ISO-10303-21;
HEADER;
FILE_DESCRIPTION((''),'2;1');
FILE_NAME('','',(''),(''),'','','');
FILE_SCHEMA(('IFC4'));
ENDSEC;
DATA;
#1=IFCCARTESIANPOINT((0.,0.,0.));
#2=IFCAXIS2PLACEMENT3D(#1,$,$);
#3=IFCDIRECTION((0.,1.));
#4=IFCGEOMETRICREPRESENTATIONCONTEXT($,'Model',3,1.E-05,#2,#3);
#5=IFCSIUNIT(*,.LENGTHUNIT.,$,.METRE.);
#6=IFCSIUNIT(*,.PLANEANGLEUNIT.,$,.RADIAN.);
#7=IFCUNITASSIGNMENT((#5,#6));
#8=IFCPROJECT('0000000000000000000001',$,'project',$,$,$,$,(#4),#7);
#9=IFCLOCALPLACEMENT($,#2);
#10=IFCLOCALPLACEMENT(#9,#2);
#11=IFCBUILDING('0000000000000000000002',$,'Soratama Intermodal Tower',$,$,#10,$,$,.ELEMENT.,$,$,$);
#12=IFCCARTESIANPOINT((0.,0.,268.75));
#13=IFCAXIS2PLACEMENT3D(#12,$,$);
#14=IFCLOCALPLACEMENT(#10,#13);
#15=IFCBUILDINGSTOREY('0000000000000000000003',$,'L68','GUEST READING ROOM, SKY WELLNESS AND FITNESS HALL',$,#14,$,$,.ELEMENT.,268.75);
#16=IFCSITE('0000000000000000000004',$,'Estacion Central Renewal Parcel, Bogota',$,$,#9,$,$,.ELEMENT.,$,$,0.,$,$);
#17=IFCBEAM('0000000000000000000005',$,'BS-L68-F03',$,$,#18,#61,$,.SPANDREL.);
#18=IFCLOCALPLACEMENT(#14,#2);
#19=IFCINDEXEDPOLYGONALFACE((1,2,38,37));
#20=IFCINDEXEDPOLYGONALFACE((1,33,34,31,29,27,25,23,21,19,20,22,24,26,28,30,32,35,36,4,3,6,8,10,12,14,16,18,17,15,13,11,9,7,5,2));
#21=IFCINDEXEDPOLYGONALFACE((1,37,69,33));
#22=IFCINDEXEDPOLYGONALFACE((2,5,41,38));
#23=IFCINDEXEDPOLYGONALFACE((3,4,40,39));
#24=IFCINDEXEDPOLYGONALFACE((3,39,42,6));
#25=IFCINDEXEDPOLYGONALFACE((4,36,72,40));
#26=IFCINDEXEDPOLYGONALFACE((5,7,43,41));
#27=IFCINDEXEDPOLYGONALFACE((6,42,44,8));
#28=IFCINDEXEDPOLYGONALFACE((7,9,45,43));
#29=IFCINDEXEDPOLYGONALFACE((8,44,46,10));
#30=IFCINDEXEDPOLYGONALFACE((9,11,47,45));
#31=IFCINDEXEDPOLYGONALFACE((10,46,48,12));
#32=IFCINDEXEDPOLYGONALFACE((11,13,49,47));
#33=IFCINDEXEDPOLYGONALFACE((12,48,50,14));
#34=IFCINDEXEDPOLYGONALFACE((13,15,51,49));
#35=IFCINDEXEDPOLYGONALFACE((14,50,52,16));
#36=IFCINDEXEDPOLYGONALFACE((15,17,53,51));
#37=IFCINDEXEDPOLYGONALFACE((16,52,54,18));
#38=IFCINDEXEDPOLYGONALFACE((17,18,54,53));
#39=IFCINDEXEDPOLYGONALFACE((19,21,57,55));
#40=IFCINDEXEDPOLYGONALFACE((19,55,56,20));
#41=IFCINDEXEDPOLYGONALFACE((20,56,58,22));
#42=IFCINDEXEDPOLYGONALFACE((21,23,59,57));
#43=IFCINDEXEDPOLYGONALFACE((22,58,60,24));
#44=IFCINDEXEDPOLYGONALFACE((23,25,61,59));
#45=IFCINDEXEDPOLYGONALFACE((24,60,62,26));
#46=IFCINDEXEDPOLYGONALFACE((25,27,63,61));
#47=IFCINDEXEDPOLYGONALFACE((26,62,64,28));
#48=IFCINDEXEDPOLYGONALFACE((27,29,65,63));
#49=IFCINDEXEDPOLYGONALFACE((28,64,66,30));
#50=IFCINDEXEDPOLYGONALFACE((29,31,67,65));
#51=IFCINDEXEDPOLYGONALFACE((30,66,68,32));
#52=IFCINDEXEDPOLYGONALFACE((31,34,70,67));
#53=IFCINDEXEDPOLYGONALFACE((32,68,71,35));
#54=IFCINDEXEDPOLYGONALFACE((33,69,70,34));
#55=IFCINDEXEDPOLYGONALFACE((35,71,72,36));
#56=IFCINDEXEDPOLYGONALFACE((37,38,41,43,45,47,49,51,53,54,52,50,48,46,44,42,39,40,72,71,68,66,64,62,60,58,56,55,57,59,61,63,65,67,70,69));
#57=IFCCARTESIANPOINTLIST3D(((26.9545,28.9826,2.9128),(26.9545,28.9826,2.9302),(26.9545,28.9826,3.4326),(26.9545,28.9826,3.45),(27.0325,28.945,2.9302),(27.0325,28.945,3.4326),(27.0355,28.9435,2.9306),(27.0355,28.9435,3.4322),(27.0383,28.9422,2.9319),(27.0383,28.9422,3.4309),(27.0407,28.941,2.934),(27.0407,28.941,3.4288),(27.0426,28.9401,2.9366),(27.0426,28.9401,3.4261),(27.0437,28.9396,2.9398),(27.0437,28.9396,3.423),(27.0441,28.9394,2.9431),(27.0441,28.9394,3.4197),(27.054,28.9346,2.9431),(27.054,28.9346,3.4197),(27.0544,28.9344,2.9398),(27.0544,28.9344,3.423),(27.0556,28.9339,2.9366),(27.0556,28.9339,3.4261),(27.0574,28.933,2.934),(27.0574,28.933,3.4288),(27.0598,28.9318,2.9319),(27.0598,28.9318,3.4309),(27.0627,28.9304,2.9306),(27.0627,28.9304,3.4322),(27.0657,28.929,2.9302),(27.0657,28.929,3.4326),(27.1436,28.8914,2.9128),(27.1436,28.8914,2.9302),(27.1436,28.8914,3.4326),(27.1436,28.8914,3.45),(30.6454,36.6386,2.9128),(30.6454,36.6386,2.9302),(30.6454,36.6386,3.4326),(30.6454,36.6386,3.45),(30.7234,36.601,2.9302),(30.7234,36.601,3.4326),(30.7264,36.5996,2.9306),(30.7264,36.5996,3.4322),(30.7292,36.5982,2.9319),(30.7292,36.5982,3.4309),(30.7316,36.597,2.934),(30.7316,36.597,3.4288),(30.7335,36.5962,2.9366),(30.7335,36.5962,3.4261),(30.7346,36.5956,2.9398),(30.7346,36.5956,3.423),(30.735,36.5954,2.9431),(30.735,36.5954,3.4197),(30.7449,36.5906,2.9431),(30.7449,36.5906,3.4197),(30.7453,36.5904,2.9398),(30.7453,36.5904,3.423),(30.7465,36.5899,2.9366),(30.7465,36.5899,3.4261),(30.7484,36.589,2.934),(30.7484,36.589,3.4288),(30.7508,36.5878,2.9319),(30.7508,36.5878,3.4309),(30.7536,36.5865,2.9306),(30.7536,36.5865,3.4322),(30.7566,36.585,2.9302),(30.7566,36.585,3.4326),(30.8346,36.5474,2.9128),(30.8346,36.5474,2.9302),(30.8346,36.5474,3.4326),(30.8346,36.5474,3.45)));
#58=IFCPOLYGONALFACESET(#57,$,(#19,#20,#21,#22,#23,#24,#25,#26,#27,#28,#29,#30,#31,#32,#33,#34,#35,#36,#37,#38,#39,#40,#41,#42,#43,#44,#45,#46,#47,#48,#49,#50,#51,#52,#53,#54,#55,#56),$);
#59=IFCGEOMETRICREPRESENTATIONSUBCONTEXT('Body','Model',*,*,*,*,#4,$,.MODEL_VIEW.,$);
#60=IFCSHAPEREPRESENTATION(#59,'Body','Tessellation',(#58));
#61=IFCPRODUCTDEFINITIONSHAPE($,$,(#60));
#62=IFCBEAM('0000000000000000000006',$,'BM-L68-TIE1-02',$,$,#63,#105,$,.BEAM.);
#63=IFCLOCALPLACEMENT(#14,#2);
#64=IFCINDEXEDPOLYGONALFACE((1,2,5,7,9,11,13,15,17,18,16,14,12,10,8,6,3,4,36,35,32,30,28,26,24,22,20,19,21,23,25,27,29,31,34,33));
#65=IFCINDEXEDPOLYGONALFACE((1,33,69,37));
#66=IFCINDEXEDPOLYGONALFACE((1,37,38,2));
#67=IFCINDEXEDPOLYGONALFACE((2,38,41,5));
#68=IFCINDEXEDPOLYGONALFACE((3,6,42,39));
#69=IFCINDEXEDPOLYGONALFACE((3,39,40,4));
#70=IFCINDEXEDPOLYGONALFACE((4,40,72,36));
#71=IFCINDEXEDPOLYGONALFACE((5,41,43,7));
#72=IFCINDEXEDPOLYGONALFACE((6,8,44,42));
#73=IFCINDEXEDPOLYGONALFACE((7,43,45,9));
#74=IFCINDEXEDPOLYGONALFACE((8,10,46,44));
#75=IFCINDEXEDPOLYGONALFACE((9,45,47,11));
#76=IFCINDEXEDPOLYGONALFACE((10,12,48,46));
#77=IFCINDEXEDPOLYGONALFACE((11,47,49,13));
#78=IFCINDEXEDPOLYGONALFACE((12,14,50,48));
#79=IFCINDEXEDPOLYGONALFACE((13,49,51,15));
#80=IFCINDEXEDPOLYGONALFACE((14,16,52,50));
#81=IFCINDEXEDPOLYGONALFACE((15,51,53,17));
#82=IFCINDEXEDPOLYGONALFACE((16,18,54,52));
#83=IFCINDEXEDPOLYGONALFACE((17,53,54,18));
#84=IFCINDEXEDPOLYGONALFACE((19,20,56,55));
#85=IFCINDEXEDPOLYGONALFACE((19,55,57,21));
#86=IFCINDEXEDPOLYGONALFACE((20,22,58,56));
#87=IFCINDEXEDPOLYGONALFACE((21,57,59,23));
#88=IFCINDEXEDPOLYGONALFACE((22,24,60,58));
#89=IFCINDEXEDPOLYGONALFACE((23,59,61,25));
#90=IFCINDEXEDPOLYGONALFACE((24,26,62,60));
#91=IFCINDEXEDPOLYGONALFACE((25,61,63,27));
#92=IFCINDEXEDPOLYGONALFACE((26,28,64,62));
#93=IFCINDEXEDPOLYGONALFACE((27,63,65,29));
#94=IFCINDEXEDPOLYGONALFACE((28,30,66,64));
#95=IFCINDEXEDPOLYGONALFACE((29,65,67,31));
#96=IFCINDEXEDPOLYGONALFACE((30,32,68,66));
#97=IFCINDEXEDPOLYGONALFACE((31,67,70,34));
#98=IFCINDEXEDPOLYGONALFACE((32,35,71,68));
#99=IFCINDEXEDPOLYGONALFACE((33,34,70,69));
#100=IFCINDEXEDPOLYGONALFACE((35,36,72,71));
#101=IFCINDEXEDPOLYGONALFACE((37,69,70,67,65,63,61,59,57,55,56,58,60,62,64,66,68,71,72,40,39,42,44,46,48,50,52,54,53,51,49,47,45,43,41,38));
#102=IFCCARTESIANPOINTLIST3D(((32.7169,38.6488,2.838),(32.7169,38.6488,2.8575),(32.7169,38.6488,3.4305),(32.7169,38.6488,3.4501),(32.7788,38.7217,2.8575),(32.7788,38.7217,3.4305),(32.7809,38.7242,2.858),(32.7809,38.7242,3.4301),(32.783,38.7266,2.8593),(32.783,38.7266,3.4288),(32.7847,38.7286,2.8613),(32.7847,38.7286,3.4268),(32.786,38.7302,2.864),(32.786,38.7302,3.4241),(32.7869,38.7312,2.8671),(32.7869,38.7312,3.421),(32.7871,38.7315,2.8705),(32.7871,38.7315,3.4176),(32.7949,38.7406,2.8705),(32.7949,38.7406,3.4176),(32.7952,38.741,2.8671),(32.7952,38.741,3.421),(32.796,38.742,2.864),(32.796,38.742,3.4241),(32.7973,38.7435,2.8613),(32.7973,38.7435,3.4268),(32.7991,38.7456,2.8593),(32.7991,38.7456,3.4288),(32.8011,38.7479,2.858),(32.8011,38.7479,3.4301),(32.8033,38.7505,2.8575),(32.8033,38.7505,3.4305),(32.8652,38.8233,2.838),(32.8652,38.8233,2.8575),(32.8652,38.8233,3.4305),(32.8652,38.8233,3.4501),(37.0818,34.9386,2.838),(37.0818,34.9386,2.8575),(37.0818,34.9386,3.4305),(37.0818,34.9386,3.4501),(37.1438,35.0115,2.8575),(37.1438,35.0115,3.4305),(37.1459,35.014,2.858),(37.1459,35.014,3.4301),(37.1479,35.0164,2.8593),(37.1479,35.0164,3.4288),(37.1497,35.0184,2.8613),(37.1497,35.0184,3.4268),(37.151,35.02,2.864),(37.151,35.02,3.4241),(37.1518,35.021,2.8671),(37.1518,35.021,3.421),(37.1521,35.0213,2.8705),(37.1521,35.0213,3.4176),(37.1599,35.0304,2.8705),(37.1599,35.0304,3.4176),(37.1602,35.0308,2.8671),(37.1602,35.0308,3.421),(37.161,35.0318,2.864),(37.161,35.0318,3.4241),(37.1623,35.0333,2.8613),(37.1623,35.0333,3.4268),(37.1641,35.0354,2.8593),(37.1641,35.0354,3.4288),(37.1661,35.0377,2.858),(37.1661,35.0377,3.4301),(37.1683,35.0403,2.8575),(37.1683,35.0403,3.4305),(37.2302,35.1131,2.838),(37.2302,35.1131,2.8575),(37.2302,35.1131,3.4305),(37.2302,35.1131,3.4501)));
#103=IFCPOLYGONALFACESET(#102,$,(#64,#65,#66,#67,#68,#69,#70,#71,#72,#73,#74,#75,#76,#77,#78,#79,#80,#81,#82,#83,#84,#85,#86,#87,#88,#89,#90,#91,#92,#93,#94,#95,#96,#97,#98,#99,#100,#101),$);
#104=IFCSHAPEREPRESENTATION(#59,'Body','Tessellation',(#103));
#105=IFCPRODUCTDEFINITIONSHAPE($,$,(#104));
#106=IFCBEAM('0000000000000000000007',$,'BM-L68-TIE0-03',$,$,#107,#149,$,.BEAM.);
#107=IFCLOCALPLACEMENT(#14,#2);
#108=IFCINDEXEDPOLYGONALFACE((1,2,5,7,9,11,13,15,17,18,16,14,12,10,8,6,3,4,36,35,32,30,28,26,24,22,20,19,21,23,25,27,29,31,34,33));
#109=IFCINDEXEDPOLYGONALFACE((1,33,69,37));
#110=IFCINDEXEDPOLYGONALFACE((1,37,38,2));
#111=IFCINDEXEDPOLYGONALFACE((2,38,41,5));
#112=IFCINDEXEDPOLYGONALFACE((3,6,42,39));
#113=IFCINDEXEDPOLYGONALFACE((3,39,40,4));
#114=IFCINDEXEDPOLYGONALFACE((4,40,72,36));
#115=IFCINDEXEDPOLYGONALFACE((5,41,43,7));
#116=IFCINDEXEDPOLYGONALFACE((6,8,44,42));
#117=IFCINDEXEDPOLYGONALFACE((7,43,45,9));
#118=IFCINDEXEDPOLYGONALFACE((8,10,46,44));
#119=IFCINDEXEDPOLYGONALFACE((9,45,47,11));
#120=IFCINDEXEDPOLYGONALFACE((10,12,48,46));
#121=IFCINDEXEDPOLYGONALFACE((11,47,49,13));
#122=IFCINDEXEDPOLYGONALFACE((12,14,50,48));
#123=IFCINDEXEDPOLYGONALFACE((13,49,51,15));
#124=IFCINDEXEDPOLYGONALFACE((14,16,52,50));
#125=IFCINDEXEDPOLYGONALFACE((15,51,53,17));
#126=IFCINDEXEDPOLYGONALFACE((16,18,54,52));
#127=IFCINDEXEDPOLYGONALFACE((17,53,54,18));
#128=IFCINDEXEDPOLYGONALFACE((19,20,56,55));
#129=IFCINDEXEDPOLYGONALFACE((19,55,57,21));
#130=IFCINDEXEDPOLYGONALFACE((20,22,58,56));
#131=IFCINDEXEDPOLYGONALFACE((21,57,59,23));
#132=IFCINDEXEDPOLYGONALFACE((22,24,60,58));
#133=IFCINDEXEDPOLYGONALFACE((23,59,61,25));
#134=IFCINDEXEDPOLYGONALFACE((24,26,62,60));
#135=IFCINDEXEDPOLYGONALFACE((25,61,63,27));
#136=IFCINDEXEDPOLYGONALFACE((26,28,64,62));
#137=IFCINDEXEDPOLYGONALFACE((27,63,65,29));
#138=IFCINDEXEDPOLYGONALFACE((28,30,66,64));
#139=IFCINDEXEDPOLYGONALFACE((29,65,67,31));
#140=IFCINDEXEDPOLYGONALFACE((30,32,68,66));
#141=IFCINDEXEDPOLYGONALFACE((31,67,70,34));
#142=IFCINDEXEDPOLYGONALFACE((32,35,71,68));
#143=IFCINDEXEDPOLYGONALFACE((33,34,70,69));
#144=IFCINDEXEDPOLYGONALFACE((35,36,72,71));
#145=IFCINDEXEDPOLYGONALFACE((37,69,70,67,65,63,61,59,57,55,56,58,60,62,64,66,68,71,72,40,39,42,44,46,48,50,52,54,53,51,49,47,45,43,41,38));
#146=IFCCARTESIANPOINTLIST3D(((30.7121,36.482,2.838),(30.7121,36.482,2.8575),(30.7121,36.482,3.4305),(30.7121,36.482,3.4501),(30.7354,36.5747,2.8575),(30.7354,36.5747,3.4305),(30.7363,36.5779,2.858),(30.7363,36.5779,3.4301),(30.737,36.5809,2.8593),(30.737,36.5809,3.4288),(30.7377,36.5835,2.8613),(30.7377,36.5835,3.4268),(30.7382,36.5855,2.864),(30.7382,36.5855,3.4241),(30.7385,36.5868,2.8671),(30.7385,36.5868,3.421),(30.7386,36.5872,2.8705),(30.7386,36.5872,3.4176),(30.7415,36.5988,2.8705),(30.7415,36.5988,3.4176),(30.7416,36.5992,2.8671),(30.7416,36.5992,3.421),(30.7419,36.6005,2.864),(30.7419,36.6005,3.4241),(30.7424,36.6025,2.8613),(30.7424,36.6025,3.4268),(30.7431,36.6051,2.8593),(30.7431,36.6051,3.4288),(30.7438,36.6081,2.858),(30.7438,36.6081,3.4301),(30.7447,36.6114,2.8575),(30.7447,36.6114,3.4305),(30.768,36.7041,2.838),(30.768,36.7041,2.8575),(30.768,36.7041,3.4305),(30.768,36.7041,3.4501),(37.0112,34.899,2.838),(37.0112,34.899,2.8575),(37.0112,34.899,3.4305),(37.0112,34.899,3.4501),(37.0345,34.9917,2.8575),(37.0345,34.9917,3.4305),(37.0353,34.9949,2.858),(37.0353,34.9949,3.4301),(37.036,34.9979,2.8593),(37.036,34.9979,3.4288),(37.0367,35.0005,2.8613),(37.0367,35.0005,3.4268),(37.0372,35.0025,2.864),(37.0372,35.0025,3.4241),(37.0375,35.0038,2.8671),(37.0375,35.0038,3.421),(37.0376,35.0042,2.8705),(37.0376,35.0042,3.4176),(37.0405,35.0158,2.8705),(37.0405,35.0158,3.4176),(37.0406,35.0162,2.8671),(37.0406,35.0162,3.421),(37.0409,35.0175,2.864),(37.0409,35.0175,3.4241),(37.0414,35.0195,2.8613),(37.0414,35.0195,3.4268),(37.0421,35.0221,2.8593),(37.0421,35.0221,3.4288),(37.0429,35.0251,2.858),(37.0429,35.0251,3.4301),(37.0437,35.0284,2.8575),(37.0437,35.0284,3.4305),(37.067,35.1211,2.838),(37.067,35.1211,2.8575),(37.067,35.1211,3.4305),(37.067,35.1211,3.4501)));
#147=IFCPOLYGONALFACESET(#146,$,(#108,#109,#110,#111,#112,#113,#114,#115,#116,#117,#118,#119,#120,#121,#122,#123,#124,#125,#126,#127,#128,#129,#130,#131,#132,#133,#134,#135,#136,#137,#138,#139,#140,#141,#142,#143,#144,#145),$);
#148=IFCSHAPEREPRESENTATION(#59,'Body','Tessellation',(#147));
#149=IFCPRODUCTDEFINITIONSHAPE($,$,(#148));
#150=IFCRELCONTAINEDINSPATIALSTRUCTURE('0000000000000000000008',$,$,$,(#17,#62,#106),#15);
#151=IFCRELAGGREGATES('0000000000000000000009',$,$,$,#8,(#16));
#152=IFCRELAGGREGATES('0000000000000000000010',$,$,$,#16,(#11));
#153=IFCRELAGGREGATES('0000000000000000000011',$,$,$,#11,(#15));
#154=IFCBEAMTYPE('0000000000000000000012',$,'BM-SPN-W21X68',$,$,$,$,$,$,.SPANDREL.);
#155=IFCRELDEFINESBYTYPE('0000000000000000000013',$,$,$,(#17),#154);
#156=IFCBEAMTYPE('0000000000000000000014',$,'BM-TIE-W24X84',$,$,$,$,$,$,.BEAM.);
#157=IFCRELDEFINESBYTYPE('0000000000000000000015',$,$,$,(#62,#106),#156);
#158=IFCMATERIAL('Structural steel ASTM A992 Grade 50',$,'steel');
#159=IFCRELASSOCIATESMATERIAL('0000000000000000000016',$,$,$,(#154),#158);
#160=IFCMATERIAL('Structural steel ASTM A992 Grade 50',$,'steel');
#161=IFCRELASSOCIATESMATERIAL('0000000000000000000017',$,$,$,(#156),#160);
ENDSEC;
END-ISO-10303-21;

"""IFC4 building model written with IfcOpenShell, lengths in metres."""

from ifc_helpers import new_model, si_unit, direction, frame, origin, origin_2d, place, context, subcontext, project, spatial, i_section, extrude, material, material_profile, profile_set, type_object, element, save


model = new_model("IFC4")

# Units and contexts
model_context = context("Model", 3, precision=1e-05, world=origin(), true_north=direction((0.0, 1.0)))
body_context = subcontext(model_context, "Body", "Model", "MODEL_VIEW")
ifc_project = project(units=[si_unit("LENGTHUNIT", "METRE"), si_unit("PLANEANGLEUNIT", "RADIAN")], contexts=[model_context])

# Site, building, storey
site_placement = place(None, origin())
site = spatial("IfcSite", under=ifc_project, at=site_placement, Name="Estacion Central Renewal Parcel, Bogota", CompositionType="ELEMENT", RefElevation=0.0)
building_placement = place(site_placement, origin())
building = spatial("IfcBuilding", under=site, at=building_placement, Name="Soratama Intermodal Tower", CompositionType="ELEMENT")
storey_placement = place(building_placement, frame((0.0, 0.0, 268.75)))
storey = spatial("IfcBuildingStorey", under=building, at=storey_placement, Name="L68", Description="GUEST READING ROOM, SKY WELLNESS AND FITNESS HALL", CompositionType="ELEMENT", Elevation=268.75)

# Beams
ifc_material_1 = material(Name="Structural steel ASTM A992 Grade 50", Category="steel")
ifc_material_profile_1 = material_profile(ifc_material_1, i_section(OverallWidth=0.21, OverallDepth=0.5371, WebThickness=0.011, FlangeThickness=0.0173, FilletRadius=0.0129, at=origin_2d()), Name="W21X68")
ifc_profile_set_1 = profile_set([ifc_material_profile_1], Name="Structural steel ASTM A992 Grade 50")
beam_type_1 = type_object("IfcBeamType", Name="BM-SPN-W21X68", PredefinedType="SPANDREL", material=ifc_profile_set_1)
beam_1_placement = place(storey_placement, frame((30.74, 36.593, 3.1814), z_axis=(-0.434264, -0.900786, 0.0), x_axis=(0.900786, -0.434264, 0.0)))
element("IfcBeam", 1, at=beam_1_placement, inside=storey, type_object=beam_type_1, Name="BS-L68-F03", PredefinedType="SPANDREL", context=body_context, shape_type="SweptSolid", body=[
    extrude(i_section(OverallWidth=0.21, OverallDepth=0.5371, WebThickness=0.011, FlangeThickness=0.0173, FilletRadius=0.0129, at=origin_2d()), origin(), (0.0, 0.0, 1.0), 8.4993),
])
ifc_material_2 = material(Name="Structural steel ASTM A992 Grade 50", Category="steel")
ifc_material_profile_2 = material_profile(ifc_material_2, i_section(OverallWidth=0.229, OverallDepth=0.6121, WebThickness=0.012, FlangeThickness=0.0195, FilletRadius=0.0129, at=origin_2d()), Name="W24X84")
ifc_profile_set_2 = profile_set([ifc_material_profile_2], Name="Structural steel ASTM A992 Grade 50")
beam_type_2 = type_object("IfcBeamType", Name="BM-TIE-W24X84", PredefinedType="BEAM", material=ifc_profile_set_2)
beam_2_placement = place(storey_placement, frame((37.156, 35.0259, 3.144), z_axis=(-0.761942, 0.647645, 0.0), x_axis=(-0.647645, -0.761942, 0.0)))
element("IfcBeam", 2, at=beam_2_placement, inside=storey, type_object=beam_type_2, Name="BM-L68-TIE1-02", PredefinedType="BEAM", context=body_context, shape_type="SweptSolid", body=[
    extrude(i_section(OverallWidth=0.229, OverallDepth=0.6121, WebThickness=0.012, FlangeThickness=0.0195, FilletRadius=0.0129, at=origin_2d()), origin(), (0.0, 0.0, 1.0), 5.7288),
])
beam_3_placement = place(storey_placement, frame((37.0391, 35.01, 3.144), z_axis=(-0.969843, 0.243729, 0.0), x_axis=(-0.243729, -0.969843, 0.0)))
element("IfcBeam", 3, at=beam_3_placement, inside=storey, type_object=beam_type_2, Name="BM-L68-TIE0-03", PredefinedType="BEAM", context=body_context, shape_type="SweptSolid", body=[
    extrude(i_section(OverallWidth=0.229, OverallDepth=0.6121, WebThickness=0.012, FlangeThickness=0.0195, FilletRadius=0.0129, at=origin_2d()), origin(), (0.0, 0.0, 1.0), 6.4949),
])

save(model, "model.ifc")
